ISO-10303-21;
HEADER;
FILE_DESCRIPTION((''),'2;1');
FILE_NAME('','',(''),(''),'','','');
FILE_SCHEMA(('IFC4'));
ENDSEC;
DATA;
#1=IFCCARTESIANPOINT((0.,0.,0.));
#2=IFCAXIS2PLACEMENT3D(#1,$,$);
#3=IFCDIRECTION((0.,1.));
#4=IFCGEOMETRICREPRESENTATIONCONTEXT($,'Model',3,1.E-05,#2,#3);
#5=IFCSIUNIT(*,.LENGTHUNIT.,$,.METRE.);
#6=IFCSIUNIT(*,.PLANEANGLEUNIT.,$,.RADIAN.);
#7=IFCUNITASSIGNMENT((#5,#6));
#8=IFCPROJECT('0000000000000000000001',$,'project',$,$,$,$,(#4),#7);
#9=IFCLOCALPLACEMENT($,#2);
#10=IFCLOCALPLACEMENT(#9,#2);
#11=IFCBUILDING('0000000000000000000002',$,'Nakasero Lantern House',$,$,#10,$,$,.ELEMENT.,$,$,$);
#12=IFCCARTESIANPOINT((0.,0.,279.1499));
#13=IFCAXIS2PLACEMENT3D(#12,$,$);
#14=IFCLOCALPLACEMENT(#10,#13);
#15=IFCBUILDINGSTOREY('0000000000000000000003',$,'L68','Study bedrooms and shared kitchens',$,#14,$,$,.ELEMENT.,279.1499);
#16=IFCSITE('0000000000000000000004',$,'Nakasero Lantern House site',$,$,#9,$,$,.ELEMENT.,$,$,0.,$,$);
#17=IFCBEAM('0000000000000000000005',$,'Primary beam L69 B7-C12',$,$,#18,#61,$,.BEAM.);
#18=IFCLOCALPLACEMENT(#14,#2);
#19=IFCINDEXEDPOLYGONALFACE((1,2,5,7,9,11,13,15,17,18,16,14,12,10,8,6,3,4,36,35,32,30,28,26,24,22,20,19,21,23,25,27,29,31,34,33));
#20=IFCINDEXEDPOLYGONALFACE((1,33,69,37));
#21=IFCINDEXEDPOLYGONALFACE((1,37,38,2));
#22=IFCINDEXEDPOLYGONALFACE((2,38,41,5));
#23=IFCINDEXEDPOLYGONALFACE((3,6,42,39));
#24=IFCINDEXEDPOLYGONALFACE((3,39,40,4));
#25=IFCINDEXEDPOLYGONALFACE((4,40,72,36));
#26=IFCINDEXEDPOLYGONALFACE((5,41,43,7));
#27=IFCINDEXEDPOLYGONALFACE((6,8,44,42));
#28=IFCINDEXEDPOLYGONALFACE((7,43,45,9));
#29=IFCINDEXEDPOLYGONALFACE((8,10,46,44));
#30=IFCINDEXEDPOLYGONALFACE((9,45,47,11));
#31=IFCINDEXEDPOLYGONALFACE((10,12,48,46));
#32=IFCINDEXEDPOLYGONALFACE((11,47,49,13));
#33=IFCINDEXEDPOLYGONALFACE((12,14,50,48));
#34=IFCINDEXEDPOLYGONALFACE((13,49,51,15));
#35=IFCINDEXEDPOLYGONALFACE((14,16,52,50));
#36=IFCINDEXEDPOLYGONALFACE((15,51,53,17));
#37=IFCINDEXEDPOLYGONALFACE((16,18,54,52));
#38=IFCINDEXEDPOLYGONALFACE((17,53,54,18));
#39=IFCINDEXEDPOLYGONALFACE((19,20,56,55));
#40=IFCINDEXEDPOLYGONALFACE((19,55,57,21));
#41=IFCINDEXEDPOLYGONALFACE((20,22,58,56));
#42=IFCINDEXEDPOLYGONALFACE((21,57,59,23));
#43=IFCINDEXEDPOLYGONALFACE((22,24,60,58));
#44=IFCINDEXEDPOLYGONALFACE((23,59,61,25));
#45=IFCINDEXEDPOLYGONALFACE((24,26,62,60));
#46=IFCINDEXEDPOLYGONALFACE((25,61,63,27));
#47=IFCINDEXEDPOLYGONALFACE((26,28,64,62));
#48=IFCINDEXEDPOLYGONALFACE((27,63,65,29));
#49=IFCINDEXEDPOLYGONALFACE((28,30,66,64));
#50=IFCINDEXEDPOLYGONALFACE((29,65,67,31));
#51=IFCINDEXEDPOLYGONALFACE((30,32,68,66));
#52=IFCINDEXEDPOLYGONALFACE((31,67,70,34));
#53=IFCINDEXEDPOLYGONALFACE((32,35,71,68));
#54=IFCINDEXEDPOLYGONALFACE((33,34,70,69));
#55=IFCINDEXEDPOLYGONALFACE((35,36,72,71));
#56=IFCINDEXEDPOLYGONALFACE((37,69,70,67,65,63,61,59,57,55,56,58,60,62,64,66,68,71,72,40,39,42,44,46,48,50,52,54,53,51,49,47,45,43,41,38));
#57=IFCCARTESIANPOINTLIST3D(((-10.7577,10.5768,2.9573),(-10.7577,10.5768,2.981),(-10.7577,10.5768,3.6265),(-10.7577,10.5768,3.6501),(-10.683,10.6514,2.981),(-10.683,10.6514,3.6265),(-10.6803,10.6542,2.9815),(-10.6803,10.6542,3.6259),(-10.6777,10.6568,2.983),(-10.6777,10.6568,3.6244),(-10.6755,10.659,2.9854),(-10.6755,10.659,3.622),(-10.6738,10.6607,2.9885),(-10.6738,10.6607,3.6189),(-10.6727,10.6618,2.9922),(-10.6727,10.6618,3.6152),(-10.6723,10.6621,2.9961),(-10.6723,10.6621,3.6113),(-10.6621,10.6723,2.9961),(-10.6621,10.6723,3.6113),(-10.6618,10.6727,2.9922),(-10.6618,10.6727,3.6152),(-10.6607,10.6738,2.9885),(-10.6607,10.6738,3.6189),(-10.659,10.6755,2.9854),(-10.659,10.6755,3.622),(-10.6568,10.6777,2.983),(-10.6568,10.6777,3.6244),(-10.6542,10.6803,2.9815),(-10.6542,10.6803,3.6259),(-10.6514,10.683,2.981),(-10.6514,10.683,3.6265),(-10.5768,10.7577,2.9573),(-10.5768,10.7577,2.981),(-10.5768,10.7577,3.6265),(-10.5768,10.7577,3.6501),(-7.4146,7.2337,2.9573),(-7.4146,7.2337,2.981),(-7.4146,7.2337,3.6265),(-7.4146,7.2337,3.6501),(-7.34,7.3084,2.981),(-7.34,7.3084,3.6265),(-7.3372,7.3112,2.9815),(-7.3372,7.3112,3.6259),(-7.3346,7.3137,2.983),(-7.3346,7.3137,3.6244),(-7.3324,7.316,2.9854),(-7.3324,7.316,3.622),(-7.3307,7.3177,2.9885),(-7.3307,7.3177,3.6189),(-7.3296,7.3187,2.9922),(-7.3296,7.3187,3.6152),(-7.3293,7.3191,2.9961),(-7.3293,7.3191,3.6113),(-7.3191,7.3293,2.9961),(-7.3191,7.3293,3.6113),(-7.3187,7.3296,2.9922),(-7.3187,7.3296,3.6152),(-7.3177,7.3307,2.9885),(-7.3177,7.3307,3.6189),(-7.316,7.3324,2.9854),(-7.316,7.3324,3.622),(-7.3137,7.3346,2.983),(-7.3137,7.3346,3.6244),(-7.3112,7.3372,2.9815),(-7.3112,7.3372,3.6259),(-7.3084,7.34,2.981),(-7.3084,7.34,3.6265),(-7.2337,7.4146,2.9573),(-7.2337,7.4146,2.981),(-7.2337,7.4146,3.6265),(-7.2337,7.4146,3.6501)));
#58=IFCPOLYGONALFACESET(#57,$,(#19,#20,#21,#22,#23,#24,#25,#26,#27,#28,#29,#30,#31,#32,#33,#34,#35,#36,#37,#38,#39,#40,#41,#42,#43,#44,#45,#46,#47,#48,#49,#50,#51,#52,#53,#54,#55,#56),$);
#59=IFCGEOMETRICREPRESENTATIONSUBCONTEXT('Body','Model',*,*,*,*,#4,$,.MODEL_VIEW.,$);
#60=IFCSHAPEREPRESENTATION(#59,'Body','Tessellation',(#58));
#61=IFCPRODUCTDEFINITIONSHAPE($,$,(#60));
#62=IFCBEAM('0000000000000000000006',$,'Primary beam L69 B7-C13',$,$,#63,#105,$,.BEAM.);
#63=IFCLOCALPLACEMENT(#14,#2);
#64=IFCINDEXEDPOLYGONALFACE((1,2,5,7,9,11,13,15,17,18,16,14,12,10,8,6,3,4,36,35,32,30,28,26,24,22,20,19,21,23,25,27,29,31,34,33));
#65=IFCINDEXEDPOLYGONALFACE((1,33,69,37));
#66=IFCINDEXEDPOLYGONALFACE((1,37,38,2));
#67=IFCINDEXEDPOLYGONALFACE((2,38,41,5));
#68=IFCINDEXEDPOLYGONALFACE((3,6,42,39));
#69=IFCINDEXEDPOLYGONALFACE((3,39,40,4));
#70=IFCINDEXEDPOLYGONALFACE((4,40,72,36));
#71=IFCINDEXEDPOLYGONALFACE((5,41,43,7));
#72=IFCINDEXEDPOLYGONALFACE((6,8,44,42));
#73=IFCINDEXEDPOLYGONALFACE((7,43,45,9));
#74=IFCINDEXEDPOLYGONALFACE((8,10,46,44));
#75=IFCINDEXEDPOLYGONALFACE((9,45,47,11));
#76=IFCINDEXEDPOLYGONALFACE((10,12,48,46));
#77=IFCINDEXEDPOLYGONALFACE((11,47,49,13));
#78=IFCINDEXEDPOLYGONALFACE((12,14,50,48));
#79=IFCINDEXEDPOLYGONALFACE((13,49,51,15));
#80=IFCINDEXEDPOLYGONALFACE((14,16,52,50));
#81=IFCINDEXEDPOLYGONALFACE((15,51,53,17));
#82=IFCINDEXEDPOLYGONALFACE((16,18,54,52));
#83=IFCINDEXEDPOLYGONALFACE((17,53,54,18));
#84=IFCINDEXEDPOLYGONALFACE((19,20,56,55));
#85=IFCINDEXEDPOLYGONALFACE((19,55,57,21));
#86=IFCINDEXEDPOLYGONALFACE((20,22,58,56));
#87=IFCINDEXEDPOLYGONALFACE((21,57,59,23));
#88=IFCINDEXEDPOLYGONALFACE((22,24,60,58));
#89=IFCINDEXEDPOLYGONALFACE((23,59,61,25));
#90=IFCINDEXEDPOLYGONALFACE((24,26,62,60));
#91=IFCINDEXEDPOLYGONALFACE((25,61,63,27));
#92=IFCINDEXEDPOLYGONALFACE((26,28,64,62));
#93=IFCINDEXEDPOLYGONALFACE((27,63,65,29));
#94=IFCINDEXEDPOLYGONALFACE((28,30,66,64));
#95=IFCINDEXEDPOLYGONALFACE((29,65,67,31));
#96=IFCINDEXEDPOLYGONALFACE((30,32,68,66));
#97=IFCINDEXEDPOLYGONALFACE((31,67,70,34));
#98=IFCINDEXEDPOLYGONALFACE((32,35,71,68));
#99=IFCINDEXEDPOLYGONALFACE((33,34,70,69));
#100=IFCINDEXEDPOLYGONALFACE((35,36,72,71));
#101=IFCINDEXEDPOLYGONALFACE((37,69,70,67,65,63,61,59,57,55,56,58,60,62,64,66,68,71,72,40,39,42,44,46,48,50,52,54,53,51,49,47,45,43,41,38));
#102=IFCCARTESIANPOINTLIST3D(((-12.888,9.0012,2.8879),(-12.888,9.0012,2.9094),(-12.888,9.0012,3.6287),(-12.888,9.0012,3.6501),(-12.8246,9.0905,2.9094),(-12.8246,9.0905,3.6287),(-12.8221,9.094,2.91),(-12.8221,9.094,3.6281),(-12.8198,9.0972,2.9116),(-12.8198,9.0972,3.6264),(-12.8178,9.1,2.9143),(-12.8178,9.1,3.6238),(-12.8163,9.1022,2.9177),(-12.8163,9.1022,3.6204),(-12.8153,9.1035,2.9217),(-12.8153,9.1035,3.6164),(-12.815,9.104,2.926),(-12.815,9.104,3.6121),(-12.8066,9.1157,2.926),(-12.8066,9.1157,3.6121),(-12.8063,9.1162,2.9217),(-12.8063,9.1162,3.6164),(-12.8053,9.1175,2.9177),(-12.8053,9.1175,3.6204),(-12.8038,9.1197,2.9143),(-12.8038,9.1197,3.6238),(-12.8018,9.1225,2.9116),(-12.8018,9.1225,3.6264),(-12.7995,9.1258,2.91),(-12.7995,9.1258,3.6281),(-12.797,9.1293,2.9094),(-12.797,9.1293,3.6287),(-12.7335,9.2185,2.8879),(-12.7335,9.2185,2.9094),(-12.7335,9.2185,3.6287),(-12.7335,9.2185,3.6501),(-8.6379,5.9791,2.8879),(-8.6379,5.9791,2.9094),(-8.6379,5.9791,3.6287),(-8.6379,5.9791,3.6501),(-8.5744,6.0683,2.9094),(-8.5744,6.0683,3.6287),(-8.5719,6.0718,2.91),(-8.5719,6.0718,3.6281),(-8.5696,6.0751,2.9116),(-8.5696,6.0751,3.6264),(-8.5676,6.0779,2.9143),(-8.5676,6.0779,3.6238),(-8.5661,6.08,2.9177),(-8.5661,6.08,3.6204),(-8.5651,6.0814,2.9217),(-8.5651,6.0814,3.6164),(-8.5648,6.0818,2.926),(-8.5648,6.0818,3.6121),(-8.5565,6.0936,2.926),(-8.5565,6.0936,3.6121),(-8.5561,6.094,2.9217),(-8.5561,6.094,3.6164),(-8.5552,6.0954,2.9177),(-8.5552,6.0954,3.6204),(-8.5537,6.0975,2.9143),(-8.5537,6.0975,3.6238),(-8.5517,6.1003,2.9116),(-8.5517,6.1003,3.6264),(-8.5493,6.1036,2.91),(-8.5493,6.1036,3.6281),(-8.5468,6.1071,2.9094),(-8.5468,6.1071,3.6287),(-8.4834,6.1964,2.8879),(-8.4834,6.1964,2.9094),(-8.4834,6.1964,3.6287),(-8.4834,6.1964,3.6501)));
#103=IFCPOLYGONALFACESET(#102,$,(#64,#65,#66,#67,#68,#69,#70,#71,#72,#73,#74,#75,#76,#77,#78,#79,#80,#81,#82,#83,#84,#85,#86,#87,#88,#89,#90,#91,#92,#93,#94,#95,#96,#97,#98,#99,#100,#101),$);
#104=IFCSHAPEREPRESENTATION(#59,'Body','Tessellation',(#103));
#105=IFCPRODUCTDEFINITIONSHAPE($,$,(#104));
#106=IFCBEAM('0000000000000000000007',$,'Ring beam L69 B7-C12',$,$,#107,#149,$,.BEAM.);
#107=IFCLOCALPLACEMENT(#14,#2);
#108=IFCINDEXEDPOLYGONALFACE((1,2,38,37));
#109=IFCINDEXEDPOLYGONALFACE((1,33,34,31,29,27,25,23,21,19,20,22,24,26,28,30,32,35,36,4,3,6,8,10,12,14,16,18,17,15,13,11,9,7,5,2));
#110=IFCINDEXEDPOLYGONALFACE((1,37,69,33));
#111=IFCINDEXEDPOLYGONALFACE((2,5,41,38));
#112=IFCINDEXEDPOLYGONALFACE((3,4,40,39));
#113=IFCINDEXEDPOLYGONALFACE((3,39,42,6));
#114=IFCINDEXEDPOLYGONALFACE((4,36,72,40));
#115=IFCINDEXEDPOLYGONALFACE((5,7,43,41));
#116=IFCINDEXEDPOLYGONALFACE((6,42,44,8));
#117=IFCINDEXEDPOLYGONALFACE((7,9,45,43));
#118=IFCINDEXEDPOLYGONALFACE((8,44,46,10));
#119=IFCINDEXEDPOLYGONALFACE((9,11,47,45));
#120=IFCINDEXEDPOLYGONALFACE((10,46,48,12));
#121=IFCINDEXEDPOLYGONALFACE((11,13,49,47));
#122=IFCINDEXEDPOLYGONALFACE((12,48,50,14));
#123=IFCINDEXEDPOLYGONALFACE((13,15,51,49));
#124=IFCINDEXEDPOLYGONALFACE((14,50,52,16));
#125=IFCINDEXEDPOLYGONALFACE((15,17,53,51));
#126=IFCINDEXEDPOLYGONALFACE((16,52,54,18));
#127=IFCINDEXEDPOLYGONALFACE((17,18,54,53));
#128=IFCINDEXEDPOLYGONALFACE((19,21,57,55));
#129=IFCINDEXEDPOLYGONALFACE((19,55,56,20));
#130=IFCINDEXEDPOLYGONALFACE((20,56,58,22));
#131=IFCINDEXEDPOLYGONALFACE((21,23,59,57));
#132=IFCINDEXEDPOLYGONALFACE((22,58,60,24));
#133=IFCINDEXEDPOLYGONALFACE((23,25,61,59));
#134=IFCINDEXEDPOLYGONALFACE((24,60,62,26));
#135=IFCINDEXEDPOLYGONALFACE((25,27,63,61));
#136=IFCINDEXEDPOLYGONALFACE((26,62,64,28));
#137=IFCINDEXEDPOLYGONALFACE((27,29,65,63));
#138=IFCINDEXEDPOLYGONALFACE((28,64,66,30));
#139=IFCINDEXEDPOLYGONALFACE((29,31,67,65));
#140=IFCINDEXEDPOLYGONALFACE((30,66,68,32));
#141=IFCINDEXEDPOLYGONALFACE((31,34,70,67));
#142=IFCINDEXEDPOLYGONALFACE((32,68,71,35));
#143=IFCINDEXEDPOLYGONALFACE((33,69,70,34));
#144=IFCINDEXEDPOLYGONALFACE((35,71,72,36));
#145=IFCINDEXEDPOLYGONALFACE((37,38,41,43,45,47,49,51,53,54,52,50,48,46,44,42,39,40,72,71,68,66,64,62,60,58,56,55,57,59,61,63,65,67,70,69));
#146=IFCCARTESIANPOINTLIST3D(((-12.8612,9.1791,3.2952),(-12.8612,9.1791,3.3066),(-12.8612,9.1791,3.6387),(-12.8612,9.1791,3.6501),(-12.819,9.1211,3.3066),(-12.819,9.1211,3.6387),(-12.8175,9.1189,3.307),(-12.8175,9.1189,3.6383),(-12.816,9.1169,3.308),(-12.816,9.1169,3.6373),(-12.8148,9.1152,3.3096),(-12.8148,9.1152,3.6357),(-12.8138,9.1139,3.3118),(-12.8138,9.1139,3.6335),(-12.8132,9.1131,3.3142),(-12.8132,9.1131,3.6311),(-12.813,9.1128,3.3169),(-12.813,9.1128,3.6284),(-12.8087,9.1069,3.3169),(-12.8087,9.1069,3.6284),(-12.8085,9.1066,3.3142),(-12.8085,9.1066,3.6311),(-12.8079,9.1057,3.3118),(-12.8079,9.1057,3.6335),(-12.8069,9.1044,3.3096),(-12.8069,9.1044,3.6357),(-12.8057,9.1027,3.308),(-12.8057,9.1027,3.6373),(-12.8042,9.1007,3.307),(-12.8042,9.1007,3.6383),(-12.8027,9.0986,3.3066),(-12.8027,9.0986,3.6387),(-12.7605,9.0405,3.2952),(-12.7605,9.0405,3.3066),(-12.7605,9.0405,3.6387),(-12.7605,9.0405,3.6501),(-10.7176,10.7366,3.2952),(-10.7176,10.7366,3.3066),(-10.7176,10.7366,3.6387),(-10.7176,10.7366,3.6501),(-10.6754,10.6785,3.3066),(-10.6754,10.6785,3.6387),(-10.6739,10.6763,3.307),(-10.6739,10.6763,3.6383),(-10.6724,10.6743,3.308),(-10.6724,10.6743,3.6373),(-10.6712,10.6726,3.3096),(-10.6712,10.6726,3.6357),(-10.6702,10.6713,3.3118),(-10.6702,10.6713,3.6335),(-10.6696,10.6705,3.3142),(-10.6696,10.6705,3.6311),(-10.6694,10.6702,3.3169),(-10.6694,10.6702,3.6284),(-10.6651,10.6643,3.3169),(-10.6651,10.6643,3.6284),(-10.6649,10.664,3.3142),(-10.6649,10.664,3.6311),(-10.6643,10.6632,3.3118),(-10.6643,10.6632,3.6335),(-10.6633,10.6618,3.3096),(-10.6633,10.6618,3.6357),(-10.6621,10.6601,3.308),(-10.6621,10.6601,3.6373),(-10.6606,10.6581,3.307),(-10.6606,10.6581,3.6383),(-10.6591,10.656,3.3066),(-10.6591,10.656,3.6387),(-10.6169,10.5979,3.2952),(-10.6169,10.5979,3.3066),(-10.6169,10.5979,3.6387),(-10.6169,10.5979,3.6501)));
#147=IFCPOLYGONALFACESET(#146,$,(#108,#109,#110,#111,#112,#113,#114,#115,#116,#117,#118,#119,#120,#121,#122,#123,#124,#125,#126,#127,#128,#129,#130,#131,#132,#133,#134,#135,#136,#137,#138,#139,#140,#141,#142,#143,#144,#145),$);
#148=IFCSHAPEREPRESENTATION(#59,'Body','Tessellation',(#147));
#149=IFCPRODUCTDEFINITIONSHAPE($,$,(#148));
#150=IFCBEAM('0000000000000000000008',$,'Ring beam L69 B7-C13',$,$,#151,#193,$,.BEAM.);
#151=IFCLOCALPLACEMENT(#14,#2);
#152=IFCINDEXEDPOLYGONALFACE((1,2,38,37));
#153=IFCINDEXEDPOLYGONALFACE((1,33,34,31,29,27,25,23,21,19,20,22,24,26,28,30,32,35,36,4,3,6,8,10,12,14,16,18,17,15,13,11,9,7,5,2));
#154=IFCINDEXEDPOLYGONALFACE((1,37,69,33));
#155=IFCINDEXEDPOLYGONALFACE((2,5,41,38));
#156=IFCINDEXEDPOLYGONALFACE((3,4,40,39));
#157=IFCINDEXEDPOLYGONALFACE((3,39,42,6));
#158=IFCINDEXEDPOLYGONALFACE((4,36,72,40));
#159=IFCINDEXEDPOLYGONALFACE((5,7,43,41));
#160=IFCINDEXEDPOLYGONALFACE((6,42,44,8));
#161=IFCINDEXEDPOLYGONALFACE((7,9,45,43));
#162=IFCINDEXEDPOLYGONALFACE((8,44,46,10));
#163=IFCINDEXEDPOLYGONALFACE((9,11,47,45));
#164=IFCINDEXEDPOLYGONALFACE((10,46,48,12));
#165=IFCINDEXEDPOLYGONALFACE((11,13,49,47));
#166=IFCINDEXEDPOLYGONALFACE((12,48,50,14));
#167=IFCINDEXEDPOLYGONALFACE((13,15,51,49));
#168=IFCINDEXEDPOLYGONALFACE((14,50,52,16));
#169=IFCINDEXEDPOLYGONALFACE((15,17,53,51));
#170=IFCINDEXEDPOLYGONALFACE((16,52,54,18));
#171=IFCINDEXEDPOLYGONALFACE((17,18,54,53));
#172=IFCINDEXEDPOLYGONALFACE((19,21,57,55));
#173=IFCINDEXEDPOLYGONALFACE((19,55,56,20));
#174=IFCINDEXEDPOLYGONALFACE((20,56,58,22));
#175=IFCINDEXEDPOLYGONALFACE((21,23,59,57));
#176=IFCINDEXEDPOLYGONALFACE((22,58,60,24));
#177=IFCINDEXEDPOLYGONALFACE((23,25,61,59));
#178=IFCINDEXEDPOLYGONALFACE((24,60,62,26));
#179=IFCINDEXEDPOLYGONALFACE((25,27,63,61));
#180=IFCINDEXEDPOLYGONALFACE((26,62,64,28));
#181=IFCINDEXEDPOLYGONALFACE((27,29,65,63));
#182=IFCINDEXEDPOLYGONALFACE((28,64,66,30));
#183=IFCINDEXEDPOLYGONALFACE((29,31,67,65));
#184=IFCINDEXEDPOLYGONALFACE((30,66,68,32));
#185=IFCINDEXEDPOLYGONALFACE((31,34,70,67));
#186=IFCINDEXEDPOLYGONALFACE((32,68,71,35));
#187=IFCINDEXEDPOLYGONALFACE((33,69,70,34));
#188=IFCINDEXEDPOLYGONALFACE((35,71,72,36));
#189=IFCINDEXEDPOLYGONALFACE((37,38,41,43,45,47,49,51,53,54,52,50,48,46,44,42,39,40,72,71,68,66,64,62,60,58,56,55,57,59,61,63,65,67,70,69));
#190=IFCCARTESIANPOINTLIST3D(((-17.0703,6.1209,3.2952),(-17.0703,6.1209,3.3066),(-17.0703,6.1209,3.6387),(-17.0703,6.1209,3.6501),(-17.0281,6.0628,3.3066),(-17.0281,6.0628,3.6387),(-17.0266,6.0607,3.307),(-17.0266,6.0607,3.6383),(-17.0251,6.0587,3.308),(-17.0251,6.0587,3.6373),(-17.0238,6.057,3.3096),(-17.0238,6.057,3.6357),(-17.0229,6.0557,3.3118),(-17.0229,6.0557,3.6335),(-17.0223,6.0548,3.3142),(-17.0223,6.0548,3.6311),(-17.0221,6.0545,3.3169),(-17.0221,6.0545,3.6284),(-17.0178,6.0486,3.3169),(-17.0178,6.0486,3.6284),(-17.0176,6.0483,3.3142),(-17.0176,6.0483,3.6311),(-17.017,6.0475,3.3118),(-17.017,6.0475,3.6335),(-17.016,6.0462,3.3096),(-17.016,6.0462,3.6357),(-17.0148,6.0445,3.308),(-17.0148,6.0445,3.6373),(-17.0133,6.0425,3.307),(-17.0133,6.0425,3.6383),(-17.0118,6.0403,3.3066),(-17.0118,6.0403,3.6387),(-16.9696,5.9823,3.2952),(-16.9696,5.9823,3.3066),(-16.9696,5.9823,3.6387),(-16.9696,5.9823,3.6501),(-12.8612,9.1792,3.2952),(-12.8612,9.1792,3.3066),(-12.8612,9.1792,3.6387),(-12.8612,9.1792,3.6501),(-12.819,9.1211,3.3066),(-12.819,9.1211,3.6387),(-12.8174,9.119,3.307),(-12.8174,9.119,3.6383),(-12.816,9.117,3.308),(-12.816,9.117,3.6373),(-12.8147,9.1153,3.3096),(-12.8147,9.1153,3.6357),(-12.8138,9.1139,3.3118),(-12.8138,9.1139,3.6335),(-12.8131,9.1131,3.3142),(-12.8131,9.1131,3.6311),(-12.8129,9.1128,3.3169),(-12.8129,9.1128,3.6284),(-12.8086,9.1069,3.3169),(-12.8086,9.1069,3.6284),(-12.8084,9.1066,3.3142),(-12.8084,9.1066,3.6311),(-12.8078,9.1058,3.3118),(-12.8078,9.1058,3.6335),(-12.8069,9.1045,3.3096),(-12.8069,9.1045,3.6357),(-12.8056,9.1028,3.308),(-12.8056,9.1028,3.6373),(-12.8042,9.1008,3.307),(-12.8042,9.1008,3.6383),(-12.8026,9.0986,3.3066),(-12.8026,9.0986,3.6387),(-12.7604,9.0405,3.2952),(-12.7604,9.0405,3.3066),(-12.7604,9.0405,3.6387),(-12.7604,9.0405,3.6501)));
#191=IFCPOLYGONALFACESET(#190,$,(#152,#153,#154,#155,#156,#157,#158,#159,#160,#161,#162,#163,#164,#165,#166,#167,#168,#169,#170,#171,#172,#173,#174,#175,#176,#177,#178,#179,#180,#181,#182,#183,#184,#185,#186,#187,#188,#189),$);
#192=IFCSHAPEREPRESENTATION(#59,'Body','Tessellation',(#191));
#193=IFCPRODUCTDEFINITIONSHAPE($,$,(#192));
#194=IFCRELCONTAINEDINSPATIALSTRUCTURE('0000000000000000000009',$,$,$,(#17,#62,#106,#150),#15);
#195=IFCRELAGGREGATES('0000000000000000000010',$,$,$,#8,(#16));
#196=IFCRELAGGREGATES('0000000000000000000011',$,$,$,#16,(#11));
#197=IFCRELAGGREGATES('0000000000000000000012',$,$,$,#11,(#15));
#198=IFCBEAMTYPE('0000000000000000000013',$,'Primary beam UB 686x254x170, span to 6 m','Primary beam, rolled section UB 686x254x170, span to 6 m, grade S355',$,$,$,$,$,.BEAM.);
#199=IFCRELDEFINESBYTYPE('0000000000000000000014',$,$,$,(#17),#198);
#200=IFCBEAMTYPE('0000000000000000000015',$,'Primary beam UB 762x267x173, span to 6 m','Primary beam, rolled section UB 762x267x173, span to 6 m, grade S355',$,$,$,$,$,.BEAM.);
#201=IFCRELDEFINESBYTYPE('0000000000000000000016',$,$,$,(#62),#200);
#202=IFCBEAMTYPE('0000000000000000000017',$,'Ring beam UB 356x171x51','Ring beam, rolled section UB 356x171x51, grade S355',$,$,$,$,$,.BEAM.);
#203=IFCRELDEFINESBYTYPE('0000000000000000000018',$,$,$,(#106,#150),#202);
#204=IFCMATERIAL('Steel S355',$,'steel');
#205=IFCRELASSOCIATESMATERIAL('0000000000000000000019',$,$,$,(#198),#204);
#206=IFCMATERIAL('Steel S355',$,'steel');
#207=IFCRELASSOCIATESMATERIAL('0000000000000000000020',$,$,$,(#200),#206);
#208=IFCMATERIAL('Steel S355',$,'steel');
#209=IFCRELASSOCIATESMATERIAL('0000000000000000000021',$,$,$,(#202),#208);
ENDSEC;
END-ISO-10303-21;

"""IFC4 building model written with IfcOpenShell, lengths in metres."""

from ifc_helpers import new_model, si_unit, direction, frame, origin, origin_2d, place, context, subcontext, project, spatial, i_section, extrude, material, material_profile, profile_set, type_object, element, save


model = new_model("IFC4")

# Units and contexts
model_context = context("Model", 3, precision=1e-05, world=origin(), true_north=direction((0.0, 1.0)))
body_context = subcontext(model_context, "Body", "Model", "MODEL_VIEW")
ifc_project = project(units=[si_unit("LENGTHUNIT", "METRE"), si_unit("PLANEANGLEUNIT", "RADIAN")], contexts=[model_context])

# Site, building, storey
site_placement = place(None, origin())
site = spatial("IfcSite", under=ifc_project, at=site_placement, Name="Nakasero Lantern House site", CompositionType="ELEMENT", RefElevation=0.0)
building_placement = place(site_placement, origin())
building = spatial("IfcBuilding", under=site, at=building_placement, Name="Nakasero Lantern House", CompositionType="ELEMENT")
storey_placement = place(building_placement, frame((0.0, 0.0, 279.1499)))
storey = spatial("IfcBuildingStorey", under=building, at=storey_placement, Name="L68", Description="Study bedrooms and shared kitchens", CompositionType="ELEMENT", Elevation=279.1499)

# Beams
ifc_material_1 = material(Name="Steel S355", Category="steel")
ifc_material_profile_1 = material_profile(ifc_material_1, i_section(OverallWidth=0.2559, OverallDepth=0.6929, WebThickness=0.0144, FlangeThickness=0.0237, FilletRadius=0.0151, at=origin_2d()), Name="UB 686x254x170")
ifc_profile_set_1 = profile_set([ifc_material_profile_1], Name="Steel S355")
beam_type_1 = type_object("IfcBeamType", Name="Primary beam UB 686x254x170, span to 6 m", Description="Primary beam, rolled section UB 686x254x170, span to 6 m, grade S355", PredefinedType="BEAM", material=ifc_profile_set_1)
beam_1_placement = place(storey_placement, frame((-10.6672, 10.6672, 3.3037), z_axis=(0.707107, -0.707107, 0.0), x_axis=(0.707107, 0.707107, 0.0)))
element("IfcBeam", 1, at=beam_1_placement, inside=storey, type_object=beam_type_1, Name="Primary beam L69 B7-C12", PredefinedType="BEAM", context=body_context, shape_type="SweptSolid", body=[
    extrude(i_section(OverallWidth=0.2559, OverallDepth=0.6929, WebThickness=0.0144, FlangeThickness=0.0237, FilletRadius=0.0151, at=origin_2d()), origin(), (0.0, 0.0, 1.0), 4.7278),
])
ifc_material_2 = material(Name="Steel S355", Category="steel")
ifc_material_profile_2 = material_profile(ifc_material_2, i_section(OverallWidth=0.2666, OverallDepth=0.7622, WebThickness=0.0144, FlangeThickness=0.0215, FilletRadius=0.0166, at=origin_2d()), Name="UB 762x267x173")
ifc_profile_set_2 = profile_set([ifc_material_profile_2], Name="Steel S355")
beam_type_2 = type_object("IfcBeamType", Name="Primary beam UB 762x267x173, span to 6 m", Description="Primary beam, rolled section UB 762x267x173, span to 6 m, grade S355", PredefinedType="BEAM", material=ifc_profile_set_2)
beam_2_placement = place(storey_placement, frame((-12.8108, 9.1099, 3.269), z_axis=(0.814972, -0.579501, 0.0), x_axis=(0.579501, 0.814972, 0.0)))
element("IfcBeam", 2, at=beam_2_placement, inside=storey, type_object=beam_type_2, Name="Primary beam L69 B7-C13", PredefinedType="BEAM", context=body_context, shape_type="SweptSolid", body=[
    extrude(i_section(OverallWidth=0.2666, OverallDepth=0.7622, WebThickness=0.0144, FlangeThickness=0.0215, FilletRadius=0.0166, at=origin_2d()), origin(), (0.0, 0.0, 1.0), 5.2151),
])
ifc_material_3 = material(Name="Steel S355", Category="steel")
ifc_material_profile_3 = material_profile(ifc_material_3, i_section(OverallWidth=0.1714, OverallDepth=0.355, WebThickness=0.0073, FlangeThickness=0.0115, FilletRadius=0.0103, at=origin_2d()), Name="UB 356x171x51")
ifc_profile_set_3 = profile_set([ifc_material_profile_3], Name="Steel S355")
beam_type_3 = type_object("IfcBeamType", Name="Ring beam UB 356x171x51", Description="Ring beam, rolled section UB 356x171x51, grade S355", PredefinedType="BEAM", material=ifc_profile_set_3)
beam_3_placement = place(storey_placement, frame((-10.6672, 10.6672, 3.4727), z_axis=(-0.809019, -0.587783, 0.0), x_axis=(0.587783, -0.809019, 0.0)))
element("IfcBeam", 3, at=beam_3_placement, inside=storey, type_object=beam_type_3, Name="Ring beam L69 B7-C12", PredefinedType="BEAM", context=body_context, shape_type="SweptSolid", body=[
    extrude(i_section(OverallWidth=0.1714, OverallDepth=0.355, WebThickness=0.0073, FlangeThickness=0.0115, FilletRadius=0.0103, at=origin_2d()), origin(), (0.0, 0.0, 1.0), 2.6497),
])
beam_4_placement = place(storey_placement, frame((-12.8108, 9.1099, 3.4727), z_axis=(-0.809002, -0.587806, 0.0), x_axis=(0.587806, -0.809002, 0.0)))
element("IfcBeam", 4, at=beam_4_placement, inside=storey, type_object=beam_type_3, Name="Ring beam L69 B7-C13", PredefinedType="BEAM", context=body_context, shape_type="SweptSolid", body=[
    extrude(i_section(OverallWidth=0.1714, OverallDepth=0.355, WebThickness=0.0073, FlangeThickness=0.0115, FilletRadius=0.0103, at=origin_2d()), origin(), (0.0, 0.0, 1.0), 5.2029),
])

save(model, "model.ifc")
